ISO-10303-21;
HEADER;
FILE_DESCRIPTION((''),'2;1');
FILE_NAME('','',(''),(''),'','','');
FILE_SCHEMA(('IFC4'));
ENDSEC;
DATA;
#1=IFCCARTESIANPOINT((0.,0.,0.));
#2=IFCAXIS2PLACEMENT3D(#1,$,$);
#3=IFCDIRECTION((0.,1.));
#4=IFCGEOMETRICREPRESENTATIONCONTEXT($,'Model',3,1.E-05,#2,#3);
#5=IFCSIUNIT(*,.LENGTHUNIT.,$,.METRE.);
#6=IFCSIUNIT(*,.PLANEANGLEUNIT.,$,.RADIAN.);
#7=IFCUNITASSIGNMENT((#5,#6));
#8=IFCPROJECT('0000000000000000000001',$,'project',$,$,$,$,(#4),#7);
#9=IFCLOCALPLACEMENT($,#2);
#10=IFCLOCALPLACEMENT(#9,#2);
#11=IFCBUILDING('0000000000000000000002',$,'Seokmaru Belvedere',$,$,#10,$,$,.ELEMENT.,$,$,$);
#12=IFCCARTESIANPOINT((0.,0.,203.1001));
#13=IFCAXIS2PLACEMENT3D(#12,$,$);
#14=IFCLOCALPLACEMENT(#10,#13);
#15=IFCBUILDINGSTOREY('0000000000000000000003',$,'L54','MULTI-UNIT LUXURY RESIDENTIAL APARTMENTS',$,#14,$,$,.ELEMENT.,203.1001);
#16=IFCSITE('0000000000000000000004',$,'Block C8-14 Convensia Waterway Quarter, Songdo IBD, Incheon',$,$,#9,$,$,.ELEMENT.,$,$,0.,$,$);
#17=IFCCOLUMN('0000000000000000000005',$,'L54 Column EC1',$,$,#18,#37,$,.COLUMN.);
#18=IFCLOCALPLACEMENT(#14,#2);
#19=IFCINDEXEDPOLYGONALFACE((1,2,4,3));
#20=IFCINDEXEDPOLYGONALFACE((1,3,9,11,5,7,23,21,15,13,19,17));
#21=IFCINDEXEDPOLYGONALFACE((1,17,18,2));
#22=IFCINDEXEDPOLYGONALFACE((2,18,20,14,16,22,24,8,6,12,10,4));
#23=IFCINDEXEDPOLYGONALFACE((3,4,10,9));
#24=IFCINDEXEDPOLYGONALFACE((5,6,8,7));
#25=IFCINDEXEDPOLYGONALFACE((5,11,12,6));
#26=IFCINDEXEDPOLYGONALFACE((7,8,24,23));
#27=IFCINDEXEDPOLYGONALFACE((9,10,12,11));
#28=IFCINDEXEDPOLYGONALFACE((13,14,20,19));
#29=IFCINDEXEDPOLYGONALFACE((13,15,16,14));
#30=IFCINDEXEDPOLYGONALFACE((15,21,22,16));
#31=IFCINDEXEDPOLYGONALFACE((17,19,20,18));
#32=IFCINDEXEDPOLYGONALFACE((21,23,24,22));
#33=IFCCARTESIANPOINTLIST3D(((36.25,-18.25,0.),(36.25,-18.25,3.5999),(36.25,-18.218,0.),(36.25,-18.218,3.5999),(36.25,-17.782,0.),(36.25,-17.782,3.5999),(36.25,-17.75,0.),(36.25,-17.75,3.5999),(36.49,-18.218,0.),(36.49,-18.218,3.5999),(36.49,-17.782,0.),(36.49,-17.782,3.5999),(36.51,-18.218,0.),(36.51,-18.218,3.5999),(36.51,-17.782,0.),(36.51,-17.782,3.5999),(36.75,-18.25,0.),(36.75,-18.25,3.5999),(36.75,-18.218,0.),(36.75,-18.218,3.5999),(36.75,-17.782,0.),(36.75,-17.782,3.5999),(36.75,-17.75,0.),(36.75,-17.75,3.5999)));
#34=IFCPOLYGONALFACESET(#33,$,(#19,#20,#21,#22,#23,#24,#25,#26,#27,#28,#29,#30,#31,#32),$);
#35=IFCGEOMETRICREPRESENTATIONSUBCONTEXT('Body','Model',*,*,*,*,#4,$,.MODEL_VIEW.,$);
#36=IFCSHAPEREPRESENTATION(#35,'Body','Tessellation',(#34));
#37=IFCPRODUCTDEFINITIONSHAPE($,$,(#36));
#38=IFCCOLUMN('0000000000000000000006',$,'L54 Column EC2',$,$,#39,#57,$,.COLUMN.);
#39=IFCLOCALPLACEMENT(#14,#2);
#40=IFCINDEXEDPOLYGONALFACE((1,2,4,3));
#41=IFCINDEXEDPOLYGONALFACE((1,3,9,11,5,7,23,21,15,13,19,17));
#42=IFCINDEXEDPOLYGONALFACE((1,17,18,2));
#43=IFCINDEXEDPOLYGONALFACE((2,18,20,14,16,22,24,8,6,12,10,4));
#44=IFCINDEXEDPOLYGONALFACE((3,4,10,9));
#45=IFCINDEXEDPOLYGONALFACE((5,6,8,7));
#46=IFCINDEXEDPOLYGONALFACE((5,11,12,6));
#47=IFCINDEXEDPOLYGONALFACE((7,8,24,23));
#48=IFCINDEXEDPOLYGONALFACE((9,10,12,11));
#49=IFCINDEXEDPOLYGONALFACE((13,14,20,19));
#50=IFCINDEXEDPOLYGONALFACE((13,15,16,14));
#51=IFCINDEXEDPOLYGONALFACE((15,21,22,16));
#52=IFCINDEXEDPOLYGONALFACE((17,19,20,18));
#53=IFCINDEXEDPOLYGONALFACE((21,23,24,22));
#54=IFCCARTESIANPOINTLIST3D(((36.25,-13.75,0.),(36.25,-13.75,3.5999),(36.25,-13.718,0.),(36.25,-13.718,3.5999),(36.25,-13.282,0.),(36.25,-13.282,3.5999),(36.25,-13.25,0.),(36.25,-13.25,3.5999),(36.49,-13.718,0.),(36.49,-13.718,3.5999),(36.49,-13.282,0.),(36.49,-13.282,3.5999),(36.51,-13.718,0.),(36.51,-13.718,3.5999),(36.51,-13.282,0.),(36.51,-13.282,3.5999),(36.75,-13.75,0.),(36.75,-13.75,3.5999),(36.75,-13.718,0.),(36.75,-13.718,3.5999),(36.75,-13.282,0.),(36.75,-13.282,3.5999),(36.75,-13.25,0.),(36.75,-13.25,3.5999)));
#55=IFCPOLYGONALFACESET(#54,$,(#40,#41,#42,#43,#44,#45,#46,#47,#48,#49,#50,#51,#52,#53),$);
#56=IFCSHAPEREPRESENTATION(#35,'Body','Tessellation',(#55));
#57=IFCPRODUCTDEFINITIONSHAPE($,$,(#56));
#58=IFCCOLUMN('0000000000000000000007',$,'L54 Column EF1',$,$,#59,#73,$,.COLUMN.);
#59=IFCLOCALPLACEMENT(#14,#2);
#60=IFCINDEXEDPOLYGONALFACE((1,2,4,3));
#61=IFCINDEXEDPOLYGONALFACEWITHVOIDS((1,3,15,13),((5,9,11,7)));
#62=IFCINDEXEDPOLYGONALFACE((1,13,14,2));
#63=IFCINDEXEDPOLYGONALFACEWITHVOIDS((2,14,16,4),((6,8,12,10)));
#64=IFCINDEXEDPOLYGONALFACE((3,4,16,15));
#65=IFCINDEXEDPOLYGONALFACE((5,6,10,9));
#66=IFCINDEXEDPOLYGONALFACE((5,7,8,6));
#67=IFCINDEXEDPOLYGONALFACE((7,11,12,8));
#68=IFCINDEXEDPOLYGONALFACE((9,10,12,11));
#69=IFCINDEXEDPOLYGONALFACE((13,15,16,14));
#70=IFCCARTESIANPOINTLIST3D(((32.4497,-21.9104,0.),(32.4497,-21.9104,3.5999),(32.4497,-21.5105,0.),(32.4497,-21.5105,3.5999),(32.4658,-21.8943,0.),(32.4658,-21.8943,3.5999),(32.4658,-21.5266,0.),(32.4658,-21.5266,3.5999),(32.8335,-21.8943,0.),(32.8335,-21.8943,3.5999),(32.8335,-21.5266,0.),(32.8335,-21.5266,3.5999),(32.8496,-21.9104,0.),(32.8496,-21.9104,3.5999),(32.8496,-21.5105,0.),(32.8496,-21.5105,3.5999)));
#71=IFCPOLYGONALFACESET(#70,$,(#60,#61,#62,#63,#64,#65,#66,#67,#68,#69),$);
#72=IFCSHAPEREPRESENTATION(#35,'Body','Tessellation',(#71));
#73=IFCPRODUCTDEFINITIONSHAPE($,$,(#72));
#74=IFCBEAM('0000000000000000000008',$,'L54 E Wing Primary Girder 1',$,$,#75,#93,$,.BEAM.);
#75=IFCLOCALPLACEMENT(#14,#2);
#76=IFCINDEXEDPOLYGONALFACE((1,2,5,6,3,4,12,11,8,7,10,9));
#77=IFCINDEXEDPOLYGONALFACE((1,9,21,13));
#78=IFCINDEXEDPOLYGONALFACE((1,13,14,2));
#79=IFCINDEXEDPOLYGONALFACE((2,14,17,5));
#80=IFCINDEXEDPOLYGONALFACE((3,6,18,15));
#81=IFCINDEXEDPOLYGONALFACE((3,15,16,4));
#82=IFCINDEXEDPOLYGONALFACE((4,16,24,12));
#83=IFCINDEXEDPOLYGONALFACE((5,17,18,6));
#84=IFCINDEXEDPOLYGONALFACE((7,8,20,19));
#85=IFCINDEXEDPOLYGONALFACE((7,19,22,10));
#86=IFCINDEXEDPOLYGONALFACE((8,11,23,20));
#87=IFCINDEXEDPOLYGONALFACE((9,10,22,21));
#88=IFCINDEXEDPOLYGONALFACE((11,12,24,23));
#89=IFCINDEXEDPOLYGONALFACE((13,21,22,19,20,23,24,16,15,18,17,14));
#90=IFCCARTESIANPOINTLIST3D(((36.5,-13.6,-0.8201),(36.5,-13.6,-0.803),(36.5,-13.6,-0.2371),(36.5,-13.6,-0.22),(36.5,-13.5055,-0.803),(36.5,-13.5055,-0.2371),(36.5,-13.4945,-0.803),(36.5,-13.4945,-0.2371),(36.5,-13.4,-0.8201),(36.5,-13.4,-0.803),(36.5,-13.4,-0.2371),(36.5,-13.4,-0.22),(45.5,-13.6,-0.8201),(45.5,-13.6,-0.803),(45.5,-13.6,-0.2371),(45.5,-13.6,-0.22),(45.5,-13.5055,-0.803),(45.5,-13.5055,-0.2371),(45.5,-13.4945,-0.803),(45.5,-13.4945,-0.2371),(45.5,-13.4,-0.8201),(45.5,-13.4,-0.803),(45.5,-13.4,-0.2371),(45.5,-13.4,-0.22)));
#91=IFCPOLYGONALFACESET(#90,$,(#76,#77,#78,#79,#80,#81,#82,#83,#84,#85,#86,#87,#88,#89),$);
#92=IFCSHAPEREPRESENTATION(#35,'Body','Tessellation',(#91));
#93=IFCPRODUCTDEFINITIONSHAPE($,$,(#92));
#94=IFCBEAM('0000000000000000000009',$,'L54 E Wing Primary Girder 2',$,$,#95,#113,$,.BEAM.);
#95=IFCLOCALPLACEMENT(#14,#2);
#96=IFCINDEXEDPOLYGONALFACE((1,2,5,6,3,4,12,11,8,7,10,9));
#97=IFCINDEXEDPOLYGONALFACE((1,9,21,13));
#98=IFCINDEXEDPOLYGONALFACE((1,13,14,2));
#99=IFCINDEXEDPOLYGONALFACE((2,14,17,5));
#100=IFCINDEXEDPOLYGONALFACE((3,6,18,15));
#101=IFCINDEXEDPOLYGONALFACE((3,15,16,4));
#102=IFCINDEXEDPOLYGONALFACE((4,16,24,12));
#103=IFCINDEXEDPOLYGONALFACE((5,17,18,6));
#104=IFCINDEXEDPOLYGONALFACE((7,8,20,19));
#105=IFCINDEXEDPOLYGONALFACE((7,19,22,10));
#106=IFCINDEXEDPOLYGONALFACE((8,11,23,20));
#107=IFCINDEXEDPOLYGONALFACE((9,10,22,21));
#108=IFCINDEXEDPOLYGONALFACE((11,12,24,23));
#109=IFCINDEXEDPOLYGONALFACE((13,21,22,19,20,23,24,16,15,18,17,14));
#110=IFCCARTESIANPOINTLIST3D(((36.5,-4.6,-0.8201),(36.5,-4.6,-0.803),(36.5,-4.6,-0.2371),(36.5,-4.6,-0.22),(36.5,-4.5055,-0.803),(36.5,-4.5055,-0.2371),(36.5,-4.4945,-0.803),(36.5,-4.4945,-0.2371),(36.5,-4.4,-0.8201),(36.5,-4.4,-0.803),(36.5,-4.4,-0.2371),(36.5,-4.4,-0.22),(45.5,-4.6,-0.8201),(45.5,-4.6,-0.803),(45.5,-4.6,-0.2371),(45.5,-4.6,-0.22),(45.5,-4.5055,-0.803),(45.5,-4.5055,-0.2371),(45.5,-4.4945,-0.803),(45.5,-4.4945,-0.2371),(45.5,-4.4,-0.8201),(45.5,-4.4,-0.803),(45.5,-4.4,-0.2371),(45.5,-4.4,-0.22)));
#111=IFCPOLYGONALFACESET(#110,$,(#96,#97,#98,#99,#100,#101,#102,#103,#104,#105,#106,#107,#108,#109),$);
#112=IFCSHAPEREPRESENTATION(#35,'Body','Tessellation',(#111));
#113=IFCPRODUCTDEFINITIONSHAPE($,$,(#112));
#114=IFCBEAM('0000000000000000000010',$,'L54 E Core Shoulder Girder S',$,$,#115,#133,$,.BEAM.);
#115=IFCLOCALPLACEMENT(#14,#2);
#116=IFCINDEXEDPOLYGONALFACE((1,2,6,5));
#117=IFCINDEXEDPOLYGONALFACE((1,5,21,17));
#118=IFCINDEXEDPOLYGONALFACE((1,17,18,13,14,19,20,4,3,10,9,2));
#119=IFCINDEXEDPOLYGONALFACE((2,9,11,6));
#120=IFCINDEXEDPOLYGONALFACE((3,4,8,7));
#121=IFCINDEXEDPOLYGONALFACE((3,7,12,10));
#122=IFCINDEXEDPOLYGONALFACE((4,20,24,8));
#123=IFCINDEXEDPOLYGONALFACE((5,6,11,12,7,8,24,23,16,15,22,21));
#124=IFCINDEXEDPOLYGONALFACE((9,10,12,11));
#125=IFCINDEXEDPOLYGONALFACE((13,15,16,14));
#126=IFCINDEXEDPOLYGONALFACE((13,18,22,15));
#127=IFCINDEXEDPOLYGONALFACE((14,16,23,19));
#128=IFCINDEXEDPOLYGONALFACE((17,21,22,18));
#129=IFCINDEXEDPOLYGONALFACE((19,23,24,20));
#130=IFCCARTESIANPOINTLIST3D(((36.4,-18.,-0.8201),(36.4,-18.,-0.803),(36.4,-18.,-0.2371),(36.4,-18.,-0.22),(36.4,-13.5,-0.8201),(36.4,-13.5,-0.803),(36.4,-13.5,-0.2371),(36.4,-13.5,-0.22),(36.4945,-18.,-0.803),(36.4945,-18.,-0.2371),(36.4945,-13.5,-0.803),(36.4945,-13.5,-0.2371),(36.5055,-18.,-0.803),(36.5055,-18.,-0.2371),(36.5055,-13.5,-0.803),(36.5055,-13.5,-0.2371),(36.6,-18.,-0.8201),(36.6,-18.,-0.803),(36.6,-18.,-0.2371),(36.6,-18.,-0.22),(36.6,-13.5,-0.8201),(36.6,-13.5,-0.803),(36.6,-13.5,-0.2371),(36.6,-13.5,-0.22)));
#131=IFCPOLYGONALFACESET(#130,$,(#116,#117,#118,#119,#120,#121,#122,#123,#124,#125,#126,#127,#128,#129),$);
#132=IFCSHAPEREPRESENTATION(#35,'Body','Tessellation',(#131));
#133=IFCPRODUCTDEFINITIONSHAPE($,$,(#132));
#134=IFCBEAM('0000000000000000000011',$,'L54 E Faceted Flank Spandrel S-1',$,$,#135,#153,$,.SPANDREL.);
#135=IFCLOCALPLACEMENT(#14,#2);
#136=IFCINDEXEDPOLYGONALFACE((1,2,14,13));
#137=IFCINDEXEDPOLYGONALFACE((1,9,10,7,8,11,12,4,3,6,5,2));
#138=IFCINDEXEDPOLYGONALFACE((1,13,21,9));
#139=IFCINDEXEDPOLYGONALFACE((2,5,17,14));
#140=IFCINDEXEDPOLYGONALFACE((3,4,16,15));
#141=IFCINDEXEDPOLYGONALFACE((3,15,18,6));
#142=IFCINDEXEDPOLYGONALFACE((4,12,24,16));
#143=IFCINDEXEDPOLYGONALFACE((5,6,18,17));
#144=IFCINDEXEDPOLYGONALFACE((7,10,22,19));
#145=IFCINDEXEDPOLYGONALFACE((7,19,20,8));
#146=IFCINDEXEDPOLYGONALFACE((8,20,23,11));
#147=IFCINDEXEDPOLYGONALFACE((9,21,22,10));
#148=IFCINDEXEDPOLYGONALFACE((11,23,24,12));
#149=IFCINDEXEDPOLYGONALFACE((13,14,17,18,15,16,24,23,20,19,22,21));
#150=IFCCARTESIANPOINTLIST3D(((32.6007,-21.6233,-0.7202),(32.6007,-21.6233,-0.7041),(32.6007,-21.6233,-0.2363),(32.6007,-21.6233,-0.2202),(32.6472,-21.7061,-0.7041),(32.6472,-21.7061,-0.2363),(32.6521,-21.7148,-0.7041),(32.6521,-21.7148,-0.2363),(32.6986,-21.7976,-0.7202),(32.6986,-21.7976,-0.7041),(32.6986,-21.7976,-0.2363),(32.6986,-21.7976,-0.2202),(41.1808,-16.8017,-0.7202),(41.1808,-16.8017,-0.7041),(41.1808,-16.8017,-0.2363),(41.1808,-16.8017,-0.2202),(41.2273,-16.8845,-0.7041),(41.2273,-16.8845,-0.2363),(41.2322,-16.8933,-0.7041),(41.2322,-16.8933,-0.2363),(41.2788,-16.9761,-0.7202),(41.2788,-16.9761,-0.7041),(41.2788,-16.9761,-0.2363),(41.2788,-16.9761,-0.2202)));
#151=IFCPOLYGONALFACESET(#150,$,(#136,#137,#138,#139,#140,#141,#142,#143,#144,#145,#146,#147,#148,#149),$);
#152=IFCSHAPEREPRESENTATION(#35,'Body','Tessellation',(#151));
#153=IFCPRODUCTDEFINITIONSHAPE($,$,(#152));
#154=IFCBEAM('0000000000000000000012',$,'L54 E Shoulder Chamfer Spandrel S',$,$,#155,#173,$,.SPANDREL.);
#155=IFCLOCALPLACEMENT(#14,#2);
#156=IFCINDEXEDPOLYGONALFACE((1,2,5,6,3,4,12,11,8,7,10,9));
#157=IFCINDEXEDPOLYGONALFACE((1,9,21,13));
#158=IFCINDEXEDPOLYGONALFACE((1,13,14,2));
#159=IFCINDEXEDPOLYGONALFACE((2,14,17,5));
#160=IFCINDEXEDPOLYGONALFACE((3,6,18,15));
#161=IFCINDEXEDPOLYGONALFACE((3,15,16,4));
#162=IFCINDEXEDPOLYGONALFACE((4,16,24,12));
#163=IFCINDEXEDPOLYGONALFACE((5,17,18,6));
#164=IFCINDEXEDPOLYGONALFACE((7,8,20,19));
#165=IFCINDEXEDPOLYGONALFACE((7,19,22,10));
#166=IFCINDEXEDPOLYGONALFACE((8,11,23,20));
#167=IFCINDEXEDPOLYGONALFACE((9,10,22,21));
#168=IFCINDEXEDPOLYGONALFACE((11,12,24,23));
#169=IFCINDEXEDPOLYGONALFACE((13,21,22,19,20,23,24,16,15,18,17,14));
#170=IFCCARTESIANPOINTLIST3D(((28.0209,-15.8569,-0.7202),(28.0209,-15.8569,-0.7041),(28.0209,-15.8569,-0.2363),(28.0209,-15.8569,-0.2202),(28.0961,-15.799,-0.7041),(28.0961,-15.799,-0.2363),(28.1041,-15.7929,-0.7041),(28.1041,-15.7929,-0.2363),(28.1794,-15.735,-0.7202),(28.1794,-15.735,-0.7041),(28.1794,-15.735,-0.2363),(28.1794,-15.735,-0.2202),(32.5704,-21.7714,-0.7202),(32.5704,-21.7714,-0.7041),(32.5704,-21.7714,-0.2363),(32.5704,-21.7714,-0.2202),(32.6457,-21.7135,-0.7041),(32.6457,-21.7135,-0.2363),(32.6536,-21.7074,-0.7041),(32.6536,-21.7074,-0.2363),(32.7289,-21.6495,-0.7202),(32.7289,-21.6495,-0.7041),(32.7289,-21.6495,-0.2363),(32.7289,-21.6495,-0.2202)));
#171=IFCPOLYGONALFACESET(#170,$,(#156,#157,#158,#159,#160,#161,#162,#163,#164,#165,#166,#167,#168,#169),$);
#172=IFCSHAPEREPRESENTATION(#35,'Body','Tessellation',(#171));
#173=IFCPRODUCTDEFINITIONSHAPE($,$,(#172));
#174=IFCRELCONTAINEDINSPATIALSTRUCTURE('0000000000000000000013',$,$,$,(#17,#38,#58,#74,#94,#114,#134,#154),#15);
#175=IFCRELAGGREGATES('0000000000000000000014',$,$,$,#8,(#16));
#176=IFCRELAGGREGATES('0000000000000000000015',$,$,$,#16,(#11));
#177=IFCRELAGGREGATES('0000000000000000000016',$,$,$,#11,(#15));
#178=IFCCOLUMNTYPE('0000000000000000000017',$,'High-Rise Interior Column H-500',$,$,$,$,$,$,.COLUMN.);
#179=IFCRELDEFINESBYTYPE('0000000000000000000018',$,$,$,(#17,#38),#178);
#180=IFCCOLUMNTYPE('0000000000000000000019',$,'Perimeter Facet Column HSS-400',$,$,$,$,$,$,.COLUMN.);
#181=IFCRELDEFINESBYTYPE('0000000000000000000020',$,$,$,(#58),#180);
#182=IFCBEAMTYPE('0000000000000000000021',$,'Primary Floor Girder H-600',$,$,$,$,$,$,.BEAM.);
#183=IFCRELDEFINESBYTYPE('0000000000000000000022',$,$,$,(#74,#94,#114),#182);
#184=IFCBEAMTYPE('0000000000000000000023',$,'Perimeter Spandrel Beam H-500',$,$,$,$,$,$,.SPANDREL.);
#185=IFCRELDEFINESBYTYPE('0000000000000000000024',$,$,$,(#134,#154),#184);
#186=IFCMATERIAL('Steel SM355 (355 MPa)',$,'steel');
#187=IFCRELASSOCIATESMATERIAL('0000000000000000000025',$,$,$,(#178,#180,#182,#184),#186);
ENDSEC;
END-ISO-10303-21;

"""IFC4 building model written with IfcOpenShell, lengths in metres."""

from ifc_helpers import new_model, si_unit, direction, frame, origin, origin_2d, place, context, subcontext, project, spatial, hollow_rectangle, i_section, extrude, source, transform, mapped, material, material_profile, profile_set, type_object, type_shapes, element, save


model = new_model("IFC4")

# Units and contexts
model_context = context("Model", 3, precision=1e-05, world=origin(), true_north=direction((0.0, 1.0)))
body_context = subcontext(model_context, "Body", "Model", "MODEL_VIEW")
ifc_project = project(units=[si_unit("LENGTHUNIT", "METRE"), si_unit("PLANEANGLEUNIT", "RADIAN")], contexts=[model_context])

# Site, building, storey
site_placement = place(None, origin())
site = spatial("IfcSite", under=ifc_project, at=site_placement, Name="Block C8-14 Convensia Waterway Quarter, Songdo IBD, Incheon", CompositionType="ELEMENT", RefElevation=0.0)
building_placement = place(site_placement, origin())
building = spatial("IfcBuilding", under=site, at=building_placement, Name="Seokmaru Belvedere", CompositionType="ELEMENT")
storey_placement = place(building_placement, frame((0.0, 0.0, 203.1001)))
storey = spatial("IfcBuildingStorey", under=building, at=storey_placement, Name="L54", Description="MULTI-UNIT LUXURY RESIDENTIAL APARTMENTS", CompositionType="ELEMENT", Elevation=203.1001)

# Columns
ifc_material_1 = material(Name="Steel SM355 (355 MPa)", Category="steel")
ifc_material_profile_1 = material_profile(ifc_material_1, i_section(OverallWidth=0.5, OverallDepth=0.5, WebThickness=0.02, FlangeThickness=0.032, at=origin_2d()), Name="H-500x500x20x32")
ifc_profile_set_1 = profile_set([ifc_material_profile_1], Name="Steel SM355 (355 MPa)")
column_type_1 = type_object("IfcColumnType", Name="High-Rise Interior Column H-500", PredefinedType="COLUMN", material=ifc_profile_set_1)
shared_shape_1 = source(origin(), body_context, "Body", "SweptSolid", [
    extrude(i_section(OverallWidth=0.5, OverallDepth=0.5, WebThickness=0.02, FlangeThickness=0.032, at=origin_2d()), origin(), (0.0, 0.0, 1.0), 3.5999),
])
type_shapes(column_type_1, [shared_shape_1])
for number, where, z_axis, x_axis, name in (
    (1, (36.5, -18.0, 0.0), (0.0, 0.0, 1.0), (1.0, 0.0, 0.0), "L54 Column EC1"),
    (2, (36.5, -13.5, 0.0), (0.0, 0.0, 1.0), (1.0, 0.0, 0.0), "L54 Column EC2"),
):
    element("IfcColumn", number, at=place(storey_placement, frame(where, z_axis=z_axis, x_axis=x_axis)), inside=storey, type_object=column_type_1, Name=name, PredefinedType="COLUMN", context=body_context, shape_type="MappedRepresentation", body=[
        mapped(shared_shape_1, transform((0.0, 0.0, 0.0), scale=1.0)),
    ])
ifc_material_profile_2 = material_profile(ifc_material_1, hollow_rectangle(XDim=0.3999, YDim=0.3999, WallThickness=0.0161, at=origin_2d()), Name="HSS-400x400x16")
ifc_profile_set_2 = profile_set([ifc_material_profile_2], Name="Steel SM355 (355 MPa)")
column_type_2 = type_object("IfcColumnType", Name="Perimeter Facet Column HSS-400", PredefinedType="COLUMN", material=ifc_profile_set_2)
shared_shape_2 = source(origin(), body_context, "Body", "SweptSolid", [
    extrude(hollow_rectangle(XDim=0.3999, YDim=0.3999, WallThickness=0.0161, at=origin_2d()), origin(), (0.0, 0.0, 1.0), 3.5999),
])
type_shapes(column_type_2, [shared_shape_2])
column_placement = place(storey_placement, frame((32.6497, -21.7104, 0.0), z_axis=(0.0, 0.0, 1.0), x_axis=(1.0, 0.0, 0.0)))
element("IfcColumn", 3, at=column_placement, inside=storey, type_object=column_type_2, Name="L54 Column EF1", PredefinedType="COLUMN", context=body_context, shape_type="MappedRepresentation", body=[
    mapped(shared_shape_2, transform((0.0, 0.0, 0.0), scale=1.0)),
])

# Beams
ifc_material_profile_3 = material_profile(ifc_material_1, i_section(OverallWidth=0.2, OverallDepth=0.6001, WebThickness=0.011, FlangeThickness=0.0171, at=origin_2d()), Name="H-600x200x11x17")
ifc_profile_set_3 = profile_set([ifc_material_profile_3], Name="Steel SM355 (355 MPa)")
beam_type_1 = type_object("IfcBeamType", Name="Primary Floor Girder H-600", PredefinedType="BEAM", material=ifc_profile_set_3)
shared_shape_3 = source(origin(), body_context, "Body", "SweptSolid", [
    extrude(i_section(OverallWidth=0.2, OverallDepth=0.6001, WebThickness=0.011, FlangeThickness=0.0171, at=origin_2d()), origin(), (0.0, 0.0, 1.0), 9.0),
])
for number, where, z_axis, x_axis, name in (
    (4, (36.5, -13.5, -0.52), (1.0, 0.0, 0.0), (0.0, 1.0, 0.0), "L54 E Wing Primary Girder 1"),
    (5, (36.5, -4.5, -0.52), (1.0, 0.0, 0.0), (0.0, 1.0, 0.0), "L54 E Wing Primary Girder 2"),
):
    element("IfcBeam", number, at=place(storey_placement, frame(where, z_axis=z_axis, x_axis=x_axis)), inside=storey, type_object=beam_type_1, Name=name, PredefinedType="BEAM", context=body_context, shape_type="MappedRepresentation", body=[
        mapped(shared_shape_3, transform((0.0, 0.0, 0.0), scale=1.0)),
    ])
shared_shape_4 = source(origin(), body_context, "Body", "SweptSolid", [
    extrude(i_section(OverallWidth=0.2, OverallDepth=0.6001, WebThickness=0.011, FlangeThickness=0.0171, at=origin_2d()), origin(), (0.0, 0.0, 1.0), 4.5),
])
type_shapes(beam_type_1, [shared_shape_3, shared_shape_4])
beam_1_placement = place(storey_placement, frame((36.5, -18.0, -0.52), z_axis=(0.0, 1.0, 0.0), x_axis=(-1.0, 0.0, 0.0)))
element("IfcBeam", 6, at=beam_1_placement, inside=storey, type_object=beam_type_1, Name="L54 E Core Shoulder Girder S", PredefinedType="BEAM", context=body_context, shape_type="MappedRepresentation", body=[
    mapped(shared_shape_4, transform((0.0, 0.0, 0.0), scale=1.0)),
])
ifc_material_profile_4 = material_profile(ifc_material_1, i_section(OverallWidth=0.2, OverallDepth=0.5, WebThickness=0.01, FlangeThickness=0.0161, at=origin_2d()), Name="H-500x200x10x16")
ifc_profile_set_4 = profile_set([ifc_material_profile_4], Name="Steel SM355 (355 MPa)")
beam_type_2 = type_object("IfcBeamType", Name="Perimeter Spandrel Beam H-500", PredefinedType="SPANDREL", material=ifc_profile_set_4)
shared_shape_5 = source(origin(), body_context, "Body", "SweptSolid", [
    extrude(i_section(OverallWidth=0.2, OverallDepth=0.5, WebThickness=0.01, FlangeThickness=0.0161, at=origin_2d()), origin(), (0.0, 0.0, 1.0), 9.842),
])
beam_2_placement = place(storey_placement, frame((32.6497, -21.7104, -0.4702), z_axis=(0.871782, 0.489894, 0.0), x_axis=(-0.489894, 0.871782, 0.0)))
element("IfcBeam", 7, at=beam_2_placement, inside=storey, type_object=beam_type_2, Name="L54 E Faceted Flank Spandrel S-1", PredefinedType="SPANDREL", context=body_context, shape_type="MappedRepresentation", body=[
    mapped(shared_shape_5, transform((0.0, 0.0, 0.0), scale=1.0)),
])
shared_shape_6 = source(origin(), body_context, "Body", "SweptSolid", [
    extrude(i_section(OverallWidth=0.2, OverallDepth=0.5, WebThickness=0.01, FlangeThickness=0.0161, at=origin_2d()), origin(), (0.0, 0.0, 1.0), 7.4619),
])
type_shapes(beam_type_2, [shared_shape_5, shared_shape_6])
beam_3_placement = place(storey_placement, frame((32.6497, -21.7104, -0.4702), z_axis=(-0.609703, 0.79263, 0.0), x_axis=(-0.79263, -0.609703, 0.0)))
element("IfcBeam", 8, at=beam_3_placement, inside=storey, type_object=beam_type_2, Name="L54 E Shoulder Chamfer Spandrel S", PredefinedType="SPANDREL", context=body_context, shape_type="MappedRepresentation", body=[
    mapped(shared_shape_6, transform((0.0, 0.0, 0.0), scale=1.0)),
])

save(model, "model.ifc")
